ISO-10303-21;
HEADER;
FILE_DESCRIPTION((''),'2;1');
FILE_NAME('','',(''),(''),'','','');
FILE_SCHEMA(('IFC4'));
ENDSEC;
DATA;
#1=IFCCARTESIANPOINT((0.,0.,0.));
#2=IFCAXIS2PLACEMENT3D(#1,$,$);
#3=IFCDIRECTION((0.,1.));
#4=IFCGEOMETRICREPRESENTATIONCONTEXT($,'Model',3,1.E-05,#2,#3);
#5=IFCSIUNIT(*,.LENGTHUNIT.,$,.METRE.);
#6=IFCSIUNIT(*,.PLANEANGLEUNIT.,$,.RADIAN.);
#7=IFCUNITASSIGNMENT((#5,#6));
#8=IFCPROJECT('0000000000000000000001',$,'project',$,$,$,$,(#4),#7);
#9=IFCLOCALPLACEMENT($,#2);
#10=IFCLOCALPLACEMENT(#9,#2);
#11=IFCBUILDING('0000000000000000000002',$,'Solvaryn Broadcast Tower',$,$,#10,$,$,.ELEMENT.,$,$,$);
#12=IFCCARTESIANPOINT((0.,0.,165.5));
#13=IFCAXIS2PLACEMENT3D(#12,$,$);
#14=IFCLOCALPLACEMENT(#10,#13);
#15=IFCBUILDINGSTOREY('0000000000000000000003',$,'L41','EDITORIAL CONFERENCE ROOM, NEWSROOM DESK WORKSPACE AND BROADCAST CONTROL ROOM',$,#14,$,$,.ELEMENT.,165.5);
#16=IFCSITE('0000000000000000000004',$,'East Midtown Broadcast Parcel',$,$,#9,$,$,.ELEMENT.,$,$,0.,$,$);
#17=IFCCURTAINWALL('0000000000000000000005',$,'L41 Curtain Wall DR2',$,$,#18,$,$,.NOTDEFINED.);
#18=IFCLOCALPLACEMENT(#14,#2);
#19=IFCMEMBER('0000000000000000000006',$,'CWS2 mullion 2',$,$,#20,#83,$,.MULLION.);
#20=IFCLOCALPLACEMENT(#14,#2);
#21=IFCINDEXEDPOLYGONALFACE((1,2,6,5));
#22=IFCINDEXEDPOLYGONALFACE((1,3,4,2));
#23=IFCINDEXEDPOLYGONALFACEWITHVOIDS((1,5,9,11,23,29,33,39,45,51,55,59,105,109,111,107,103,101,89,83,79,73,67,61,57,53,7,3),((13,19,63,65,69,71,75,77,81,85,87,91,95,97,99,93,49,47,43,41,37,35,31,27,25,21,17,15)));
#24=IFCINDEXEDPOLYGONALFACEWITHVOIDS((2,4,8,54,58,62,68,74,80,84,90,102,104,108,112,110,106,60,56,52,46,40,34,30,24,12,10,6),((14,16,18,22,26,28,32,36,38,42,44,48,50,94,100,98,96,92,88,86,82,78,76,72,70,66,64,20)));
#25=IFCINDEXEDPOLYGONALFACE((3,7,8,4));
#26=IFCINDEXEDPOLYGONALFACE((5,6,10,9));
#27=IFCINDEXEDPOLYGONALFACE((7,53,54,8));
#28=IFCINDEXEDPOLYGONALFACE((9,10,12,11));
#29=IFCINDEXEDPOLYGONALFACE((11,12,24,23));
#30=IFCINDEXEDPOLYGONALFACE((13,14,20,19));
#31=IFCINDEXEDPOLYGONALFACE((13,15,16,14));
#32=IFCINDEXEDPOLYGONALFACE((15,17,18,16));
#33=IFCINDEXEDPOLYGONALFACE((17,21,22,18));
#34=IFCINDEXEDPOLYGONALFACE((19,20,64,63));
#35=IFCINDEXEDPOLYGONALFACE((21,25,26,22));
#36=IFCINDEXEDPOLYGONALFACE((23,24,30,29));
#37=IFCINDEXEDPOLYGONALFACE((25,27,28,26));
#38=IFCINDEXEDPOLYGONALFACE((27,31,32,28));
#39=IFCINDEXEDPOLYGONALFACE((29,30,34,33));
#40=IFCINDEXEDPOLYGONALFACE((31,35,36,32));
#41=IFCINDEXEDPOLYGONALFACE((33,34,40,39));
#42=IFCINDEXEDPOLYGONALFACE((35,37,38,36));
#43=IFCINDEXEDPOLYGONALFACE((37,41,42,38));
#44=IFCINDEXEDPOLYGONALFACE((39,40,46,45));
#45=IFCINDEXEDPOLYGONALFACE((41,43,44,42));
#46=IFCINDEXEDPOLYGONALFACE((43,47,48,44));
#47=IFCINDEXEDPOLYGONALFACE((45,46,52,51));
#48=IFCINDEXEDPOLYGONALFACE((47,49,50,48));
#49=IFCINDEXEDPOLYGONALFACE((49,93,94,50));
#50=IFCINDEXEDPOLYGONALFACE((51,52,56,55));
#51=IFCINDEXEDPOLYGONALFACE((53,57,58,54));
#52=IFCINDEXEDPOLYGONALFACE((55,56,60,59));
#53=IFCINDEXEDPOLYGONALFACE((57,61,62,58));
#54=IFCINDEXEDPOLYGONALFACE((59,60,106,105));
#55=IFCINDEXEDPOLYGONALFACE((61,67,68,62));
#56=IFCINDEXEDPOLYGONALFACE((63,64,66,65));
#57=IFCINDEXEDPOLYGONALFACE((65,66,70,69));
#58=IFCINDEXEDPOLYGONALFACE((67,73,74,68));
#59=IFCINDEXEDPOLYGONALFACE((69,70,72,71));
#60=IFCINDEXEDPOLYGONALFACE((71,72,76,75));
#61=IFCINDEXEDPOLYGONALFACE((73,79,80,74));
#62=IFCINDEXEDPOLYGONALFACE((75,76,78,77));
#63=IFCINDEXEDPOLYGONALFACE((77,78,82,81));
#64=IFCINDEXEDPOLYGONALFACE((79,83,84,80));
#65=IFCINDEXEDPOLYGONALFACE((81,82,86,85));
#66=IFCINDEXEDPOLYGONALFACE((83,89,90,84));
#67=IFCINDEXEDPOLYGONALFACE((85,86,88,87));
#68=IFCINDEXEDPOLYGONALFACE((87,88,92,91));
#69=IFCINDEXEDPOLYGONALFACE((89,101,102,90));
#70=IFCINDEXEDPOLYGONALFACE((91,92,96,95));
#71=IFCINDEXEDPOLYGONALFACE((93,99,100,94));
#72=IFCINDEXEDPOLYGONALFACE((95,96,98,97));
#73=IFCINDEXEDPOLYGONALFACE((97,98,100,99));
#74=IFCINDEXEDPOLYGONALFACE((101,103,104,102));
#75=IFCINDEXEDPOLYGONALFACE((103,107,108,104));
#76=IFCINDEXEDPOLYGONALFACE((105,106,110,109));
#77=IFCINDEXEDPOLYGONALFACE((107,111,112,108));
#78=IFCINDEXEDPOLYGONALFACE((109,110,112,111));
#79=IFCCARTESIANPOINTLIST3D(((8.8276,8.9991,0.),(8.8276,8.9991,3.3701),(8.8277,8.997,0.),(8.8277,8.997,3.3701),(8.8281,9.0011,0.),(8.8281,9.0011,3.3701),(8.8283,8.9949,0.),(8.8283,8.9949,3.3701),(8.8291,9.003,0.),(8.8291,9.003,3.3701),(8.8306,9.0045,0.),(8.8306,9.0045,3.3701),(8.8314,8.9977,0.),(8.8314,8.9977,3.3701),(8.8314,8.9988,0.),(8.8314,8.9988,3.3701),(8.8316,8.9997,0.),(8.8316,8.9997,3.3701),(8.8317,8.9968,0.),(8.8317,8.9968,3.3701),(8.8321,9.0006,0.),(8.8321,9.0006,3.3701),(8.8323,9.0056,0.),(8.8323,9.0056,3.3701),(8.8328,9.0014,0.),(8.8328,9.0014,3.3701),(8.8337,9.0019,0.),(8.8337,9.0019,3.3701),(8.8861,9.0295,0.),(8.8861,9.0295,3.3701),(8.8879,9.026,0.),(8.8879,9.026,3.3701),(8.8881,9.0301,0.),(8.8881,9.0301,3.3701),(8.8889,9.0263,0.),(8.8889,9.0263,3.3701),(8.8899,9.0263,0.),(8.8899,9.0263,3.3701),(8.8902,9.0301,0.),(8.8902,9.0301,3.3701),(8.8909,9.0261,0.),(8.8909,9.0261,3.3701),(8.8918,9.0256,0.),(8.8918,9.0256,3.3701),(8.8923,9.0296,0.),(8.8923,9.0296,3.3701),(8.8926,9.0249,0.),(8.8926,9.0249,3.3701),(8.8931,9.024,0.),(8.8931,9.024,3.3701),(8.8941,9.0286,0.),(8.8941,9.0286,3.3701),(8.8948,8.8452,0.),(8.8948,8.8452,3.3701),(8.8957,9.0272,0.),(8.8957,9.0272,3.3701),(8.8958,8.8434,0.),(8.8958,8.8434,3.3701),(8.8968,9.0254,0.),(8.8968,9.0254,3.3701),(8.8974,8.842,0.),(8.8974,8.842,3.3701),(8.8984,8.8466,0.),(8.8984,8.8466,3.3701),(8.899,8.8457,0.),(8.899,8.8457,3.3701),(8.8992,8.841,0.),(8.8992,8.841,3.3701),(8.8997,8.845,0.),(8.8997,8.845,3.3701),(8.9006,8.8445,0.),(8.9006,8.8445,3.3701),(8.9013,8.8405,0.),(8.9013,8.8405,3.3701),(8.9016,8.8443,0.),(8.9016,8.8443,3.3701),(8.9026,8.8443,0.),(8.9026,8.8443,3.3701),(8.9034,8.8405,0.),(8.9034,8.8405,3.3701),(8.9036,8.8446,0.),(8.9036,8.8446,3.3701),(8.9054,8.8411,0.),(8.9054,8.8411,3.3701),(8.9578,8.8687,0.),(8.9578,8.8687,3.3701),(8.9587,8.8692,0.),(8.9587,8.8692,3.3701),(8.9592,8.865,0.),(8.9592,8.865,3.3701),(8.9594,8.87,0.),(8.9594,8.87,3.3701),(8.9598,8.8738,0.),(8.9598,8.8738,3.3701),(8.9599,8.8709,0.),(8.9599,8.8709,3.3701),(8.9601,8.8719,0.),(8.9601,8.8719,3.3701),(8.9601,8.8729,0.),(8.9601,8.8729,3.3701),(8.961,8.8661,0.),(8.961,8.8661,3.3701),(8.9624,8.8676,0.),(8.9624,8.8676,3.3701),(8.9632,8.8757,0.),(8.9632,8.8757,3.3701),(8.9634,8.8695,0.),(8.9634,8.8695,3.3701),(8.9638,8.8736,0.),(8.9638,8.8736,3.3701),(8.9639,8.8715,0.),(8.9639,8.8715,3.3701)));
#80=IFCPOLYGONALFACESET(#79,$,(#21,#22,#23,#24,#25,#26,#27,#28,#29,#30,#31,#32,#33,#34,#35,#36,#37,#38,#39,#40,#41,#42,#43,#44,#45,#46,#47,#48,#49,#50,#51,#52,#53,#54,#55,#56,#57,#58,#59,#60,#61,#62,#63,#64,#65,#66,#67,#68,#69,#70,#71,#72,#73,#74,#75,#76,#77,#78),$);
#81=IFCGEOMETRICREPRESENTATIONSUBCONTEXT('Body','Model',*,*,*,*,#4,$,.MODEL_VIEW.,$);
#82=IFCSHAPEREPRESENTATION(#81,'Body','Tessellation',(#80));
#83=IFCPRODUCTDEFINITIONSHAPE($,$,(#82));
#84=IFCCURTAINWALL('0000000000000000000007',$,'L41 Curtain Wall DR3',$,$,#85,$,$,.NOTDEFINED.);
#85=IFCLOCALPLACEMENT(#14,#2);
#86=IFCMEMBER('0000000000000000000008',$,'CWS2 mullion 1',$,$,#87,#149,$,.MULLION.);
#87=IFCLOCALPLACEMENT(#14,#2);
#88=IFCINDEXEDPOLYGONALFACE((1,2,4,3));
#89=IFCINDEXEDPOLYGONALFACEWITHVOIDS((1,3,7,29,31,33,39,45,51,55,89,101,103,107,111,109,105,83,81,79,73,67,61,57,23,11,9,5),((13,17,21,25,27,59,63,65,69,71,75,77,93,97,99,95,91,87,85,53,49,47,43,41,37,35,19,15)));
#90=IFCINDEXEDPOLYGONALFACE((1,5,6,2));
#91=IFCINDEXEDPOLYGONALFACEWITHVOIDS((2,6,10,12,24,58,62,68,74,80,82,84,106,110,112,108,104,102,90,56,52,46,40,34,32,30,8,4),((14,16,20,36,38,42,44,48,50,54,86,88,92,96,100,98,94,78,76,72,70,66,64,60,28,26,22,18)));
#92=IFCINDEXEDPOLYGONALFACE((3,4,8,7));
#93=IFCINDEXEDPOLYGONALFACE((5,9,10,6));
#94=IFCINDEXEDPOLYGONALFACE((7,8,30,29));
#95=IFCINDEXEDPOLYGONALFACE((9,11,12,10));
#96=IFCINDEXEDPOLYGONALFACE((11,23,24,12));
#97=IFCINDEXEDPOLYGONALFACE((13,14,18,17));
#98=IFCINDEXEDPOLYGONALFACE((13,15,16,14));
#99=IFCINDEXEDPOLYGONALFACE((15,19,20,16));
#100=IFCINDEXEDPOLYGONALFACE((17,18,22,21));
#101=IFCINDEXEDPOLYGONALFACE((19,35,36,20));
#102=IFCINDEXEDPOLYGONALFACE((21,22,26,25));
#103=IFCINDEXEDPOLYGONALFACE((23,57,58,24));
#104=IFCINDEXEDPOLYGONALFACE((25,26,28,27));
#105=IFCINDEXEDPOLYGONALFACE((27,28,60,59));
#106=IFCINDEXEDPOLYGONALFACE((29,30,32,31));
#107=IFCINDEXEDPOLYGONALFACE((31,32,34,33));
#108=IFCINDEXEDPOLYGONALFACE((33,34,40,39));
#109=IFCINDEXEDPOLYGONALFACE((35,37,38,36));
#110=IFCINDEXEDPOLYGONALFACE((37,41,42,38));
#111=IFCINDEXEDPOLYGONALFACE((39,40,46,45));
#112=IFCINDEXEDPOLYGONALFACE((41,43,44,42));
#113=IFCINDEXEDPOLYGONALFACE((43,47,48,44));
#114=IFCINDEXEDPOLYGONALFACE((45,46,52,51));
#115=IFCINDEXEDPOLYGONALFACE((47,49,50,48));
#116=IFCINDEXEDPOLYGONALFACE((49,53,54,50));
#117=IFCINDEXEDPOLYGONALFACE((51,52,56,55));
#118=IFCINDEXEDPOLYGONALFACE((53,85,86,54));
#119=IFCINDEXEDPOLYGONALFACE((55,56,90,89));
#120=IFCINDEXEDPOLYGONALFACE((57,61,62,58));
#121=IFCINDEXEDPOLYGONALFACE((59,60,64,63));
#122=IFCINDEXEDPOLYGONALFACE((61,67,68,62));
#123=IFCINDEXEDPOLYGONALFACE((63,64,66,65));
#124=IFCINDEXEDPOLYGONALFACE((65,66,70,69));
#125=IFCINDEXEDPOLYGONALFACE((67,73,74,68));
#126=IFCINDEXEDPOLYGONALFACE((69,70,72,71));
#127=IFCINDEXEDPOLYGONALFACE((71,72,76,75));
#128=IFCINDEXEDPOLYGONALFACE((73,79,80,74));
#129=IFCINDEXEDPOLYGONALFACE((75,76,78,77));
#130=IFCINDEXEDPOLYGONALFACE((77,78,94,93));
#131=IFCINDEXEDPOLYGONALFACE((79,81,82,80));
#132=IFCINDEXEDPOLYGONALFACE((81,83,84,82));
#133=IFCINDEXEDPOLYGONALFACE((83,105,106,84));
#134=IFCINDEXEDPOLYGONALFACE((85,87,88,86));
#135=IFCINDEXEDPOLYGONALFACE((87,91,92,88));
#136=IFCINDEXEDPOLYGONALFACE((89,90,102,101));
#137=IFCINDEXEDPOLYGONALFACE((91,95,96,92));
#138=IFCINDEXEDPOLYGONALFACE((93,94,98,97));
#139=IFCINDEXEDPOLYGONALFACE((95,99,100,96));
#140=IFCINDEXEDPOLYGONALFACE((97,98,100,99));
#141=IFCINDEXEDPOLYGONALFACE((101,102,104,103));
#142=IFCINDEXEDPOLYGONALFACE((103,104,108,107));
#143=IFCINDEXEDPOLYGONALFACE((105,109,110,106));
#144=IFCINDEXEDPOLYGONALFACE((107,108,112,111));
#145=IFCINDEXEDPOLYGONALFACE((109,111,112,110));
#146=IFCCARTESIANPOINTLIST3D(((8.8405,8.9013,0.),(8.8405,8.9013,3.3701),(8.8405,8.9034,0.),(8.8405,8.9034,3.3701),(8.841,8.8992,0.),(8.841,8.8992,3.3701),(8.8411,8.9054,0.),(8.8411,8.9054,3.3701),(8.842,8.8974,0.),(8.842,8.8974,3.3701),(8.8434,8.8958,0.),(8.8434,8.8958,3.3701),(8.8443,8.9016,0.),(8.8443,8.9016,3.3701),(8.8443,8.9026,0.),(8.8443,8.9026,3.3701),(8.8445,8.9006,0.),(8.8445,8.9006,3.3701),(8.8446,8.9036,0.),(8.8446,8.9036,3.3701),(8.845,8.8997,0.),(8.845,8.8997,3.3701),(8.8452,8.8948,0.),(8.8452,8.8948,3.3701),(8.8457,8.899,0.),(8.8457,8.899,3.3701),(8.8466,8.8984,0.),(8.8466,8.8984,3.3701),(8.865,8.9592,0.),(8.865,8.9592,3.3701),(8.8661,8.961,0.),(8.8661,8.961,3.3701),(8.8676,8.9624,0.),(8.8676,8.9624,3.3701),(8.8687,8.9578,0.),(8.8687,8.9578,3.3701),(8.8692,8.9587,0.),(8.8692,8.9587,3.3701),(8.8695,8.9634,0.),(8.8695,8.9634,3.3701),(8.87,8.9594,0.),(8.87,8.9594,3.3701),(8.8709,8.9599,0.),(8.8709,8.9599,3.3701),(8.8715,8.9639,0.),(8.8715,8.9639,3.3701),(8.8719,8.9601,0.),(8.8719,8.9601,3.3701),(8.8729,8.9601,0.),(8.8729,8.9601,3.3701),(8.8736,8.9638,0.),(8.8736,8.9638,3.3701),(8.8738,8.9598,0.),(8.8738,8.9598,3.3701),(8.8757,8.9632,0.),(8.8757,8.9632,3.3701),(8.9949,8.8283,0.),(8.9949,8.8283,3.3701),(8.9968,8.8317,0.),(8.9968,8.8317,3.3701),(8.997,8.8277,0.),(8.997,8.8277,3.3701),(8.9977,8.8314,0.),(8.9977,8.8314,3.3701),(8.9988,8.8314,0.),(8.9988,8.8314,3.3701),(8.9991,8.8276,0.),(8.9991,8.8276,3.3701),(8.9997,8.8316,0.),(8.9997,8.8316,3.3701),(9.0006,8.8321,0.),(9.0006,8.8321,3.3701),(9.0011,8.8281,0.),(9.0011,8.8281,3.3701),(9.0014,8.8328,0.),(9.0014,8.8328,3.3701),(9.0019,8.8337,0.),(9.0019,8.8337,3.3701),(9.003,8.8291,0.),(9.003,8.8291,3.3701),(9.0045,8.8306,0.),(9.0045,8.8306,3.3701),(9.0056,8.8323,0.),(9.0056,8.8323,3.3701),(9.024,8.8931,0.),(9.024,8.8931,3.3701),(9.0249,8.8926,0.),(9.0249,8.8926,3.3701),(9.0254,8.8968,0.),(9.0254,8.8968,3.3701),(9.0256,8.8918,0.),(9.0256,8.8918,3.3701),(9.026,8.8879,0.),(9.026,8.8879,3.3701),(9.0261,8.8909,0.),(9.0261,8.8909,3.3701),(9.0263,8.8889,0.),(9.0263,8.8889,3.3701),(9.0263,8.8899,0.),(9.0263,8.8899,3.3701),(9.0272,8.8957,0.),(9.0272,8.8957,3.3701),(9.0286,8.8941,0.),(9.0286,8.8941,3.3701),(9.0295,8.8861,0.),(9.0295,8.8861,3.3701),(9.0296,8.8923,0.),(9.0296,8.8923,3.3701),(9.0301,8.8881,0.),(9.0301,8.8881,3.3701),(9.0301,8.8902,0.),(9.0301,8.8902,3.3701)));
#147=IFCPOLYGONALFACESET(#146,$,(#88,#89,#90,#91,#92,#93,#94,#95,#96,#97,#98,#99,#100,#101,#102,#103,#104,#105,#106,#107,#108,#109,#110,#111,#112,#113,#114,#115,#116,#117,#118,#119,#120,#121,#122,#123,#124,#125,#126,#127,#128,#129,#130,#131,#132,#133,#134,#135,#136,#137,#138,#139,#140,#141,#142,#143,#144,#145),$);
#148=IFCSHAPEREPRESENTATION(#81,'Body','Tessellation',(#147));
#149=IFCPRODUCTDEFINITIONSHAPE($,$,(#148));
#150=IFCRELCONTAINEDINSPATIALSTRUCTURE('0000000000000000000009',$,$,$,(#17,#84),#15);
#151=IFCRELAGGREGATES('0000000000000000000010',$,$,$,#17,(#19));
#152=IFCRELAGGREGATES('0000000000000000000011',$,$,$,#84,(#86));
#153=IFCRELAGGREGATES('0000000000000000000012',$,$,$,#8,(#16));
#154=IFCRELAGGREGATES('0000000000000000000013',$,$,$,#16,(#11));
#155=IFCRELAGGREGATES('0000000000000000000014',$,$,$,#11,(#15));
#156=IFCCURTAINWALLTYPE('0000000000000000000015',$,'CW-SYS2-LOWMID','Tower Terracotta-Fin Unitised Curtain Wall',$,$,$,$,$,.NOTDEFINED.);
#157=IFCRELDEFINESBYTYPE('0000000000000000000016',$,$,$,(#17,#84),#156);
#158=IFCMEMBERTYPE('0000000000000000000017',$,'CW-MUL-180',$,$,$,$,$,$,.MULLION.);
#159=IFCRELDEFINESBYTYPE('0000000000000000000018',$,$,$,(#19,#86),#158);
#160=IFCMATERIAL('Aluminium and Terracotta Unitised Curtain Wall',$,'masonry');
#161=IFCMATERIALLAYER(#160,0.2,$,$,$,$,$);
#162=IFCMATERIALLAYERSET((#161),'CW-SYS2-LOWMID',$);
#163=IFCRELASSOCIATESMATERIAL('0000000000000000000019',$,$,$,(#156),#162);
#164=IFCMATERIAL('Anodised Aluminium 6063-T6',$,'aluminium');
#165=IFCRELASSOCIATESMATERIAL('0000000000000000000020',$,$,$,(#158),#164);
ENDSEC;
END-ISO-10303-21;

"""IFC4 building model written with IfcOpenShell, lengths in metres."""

from ifc_helpers import new_model, si_unit, direction, frame, origin, origin_2d, place, context, subcontext, project, spatial, hollow_rectangle, extrude, material, layer, layer_set, material_profile, profile_set, type_object, element, aggregate, save


model = new_model("IFC4")

# Units and contexts
model_context = context("Model", 3, precision=1e-05, world=origin(), true_north=direction((0.0, 1.0)))
body_context = subcontext(model_context, "Body", "Model", "MODEL_VIEW")
ifc_project = project(units=[si_unit("LENGTHUNIT", "METRE"), si_unit("PLANEANGLEUNIT", "RADIAN")], contexts=[model_context])

# Site, building, storey
site_placement = place(None, origin())
site = spatial("IfcSite", under=ifc_project, at=site_placement, Name="East Midtown Broadcast Parcel", CompositionType="ELEMENT", RefElevation=0.0)
building_placement = place(site_placement, origin())
building = spatial("IfcBuilding", under=site, at=building_placement, Name="Solvaryn Broadcast Tower", CompositionType="ELEMENT")
storey_placement = place(building_placement, frame((0.0, 0.0, 165.5)))
storey = spatial("IfcBuildingStorey", under=building, at=storey_placement, Name="L41", Description="EDITORIAL CONFERENCE ROOM, NEWSROOM DESK WORKSPACE AND BROADCAST CONTROL ROOM", CompositionType="ELEMENT", Elevation=165.5)

# Curtain wall, member
ifc_material_1 = material(Name="Aluminium and Terracotta Unitised Curtain Wall", Category="masonry")
ifc_layer_1 = layer(ifc_material_1, 0.2)
ifc_layer_set_1 = layer_set([ifc_layer_1], Name="CW-SYS2-LOWMID")
curtain_wall_type = type_object("IfcCurtainWallType", Name="CW-SYS2-LOWMID", Description="Tower Terracotta-Fin Unitised Curtain Wall", PredefinedType="NOTDEFINED", material=ifc_layer_set_1)
curtain_wall_1_placement = place(storey_placement, origin())
curtain_wall_1 = element("IfcCurtainWall", 1, at=curtain_wall_1_placement, inside=storey, type_object=curtain_wall_type, Name="L41 Curtain Wall DR2", PredefinedType="NOTDEFINED")
ifc_material_2 = material(Name="Anodised Aluminium 6063-T6", Category="aluminium")
ifc_material_profile_1 = material_profile(ifc_material_2, hollow_rectangle(XDim=0.075, YDim=0.1799, WallThickness=0.0039, InnerFilletRadius=0.0039, OuterFilletRadius=0.0081, at=origin_2d()))
ifc_profile_set_1 = profile_set([ifc_material_profile_1], Name="Anodised Aluminium 6063-T6")
member_type_1 = type_object("IfcMemberType", Name="CW-MUL-180", PredefinedType="MULLION", material=ifc_profile_set_1)
member_1_placement = place(storey_placement, frame((8.8958, 8.9353, 0.0), z_axis=(0.0, 0.0, 1.0), x_axis=(0.913909, 0.405918, 0.0)))
member_1 = element("IfcMember", 2, at=member_1_placement, type_object=member_type_1, Name="CWS2 mullion 2", PredefinedType="MULLION", context=body_context, shape_type="SweptSolid", body=[
    extrude(hollow_rectangle(XDim=0.075, YDim=0.1799, WallThickness=0.0039, InnerFilletRadius=0.0039, OuterFilletRadius=0.0081, at=origin_2d()), origin(), (0.0, 0.0, 1.0), 3.3701),
])
aggregate(curtain_wall_1, [member_1])

# Curtain wall, member
curtain_wall_2_placement = place(storey_placement, origin())
curtain_wall_2 = element("IfcCurtainWall", 3, at=curtain_wall_2_placement, inside=storey, type_object=curtain_wall_type, Name="L41 Curtain Wall DR3", PredefinedType="NOTDEFINED")
member_2_placement = place(storey_placement, frame((8.9353, 8.8958, 0.0), z_axis=(0.0, 0.0, 1.0), x_axis=(0.405918, 0.913909, 0.0)))
member_2 = element("IfcMember", 4, at=member_2_placement, type_object=member_type_1, Name="CWS2 mullion 1", PredefinedType="MULLION", context=body_context, shape_type="SweptSolid", body=[
    extrude(hollow_rectangle(XDim=0.075, YDim=0.1799, WallThickness=0.0039, InnerFilletRadius=0.0039, OuterFilletRadius=0.0081, at=origin_2d()), origin(), (0.0, 0.0, 1.0), 3.3701),
])
aggregate(curtain_wall_2, [member_2])

save(model, "model.ifc")
